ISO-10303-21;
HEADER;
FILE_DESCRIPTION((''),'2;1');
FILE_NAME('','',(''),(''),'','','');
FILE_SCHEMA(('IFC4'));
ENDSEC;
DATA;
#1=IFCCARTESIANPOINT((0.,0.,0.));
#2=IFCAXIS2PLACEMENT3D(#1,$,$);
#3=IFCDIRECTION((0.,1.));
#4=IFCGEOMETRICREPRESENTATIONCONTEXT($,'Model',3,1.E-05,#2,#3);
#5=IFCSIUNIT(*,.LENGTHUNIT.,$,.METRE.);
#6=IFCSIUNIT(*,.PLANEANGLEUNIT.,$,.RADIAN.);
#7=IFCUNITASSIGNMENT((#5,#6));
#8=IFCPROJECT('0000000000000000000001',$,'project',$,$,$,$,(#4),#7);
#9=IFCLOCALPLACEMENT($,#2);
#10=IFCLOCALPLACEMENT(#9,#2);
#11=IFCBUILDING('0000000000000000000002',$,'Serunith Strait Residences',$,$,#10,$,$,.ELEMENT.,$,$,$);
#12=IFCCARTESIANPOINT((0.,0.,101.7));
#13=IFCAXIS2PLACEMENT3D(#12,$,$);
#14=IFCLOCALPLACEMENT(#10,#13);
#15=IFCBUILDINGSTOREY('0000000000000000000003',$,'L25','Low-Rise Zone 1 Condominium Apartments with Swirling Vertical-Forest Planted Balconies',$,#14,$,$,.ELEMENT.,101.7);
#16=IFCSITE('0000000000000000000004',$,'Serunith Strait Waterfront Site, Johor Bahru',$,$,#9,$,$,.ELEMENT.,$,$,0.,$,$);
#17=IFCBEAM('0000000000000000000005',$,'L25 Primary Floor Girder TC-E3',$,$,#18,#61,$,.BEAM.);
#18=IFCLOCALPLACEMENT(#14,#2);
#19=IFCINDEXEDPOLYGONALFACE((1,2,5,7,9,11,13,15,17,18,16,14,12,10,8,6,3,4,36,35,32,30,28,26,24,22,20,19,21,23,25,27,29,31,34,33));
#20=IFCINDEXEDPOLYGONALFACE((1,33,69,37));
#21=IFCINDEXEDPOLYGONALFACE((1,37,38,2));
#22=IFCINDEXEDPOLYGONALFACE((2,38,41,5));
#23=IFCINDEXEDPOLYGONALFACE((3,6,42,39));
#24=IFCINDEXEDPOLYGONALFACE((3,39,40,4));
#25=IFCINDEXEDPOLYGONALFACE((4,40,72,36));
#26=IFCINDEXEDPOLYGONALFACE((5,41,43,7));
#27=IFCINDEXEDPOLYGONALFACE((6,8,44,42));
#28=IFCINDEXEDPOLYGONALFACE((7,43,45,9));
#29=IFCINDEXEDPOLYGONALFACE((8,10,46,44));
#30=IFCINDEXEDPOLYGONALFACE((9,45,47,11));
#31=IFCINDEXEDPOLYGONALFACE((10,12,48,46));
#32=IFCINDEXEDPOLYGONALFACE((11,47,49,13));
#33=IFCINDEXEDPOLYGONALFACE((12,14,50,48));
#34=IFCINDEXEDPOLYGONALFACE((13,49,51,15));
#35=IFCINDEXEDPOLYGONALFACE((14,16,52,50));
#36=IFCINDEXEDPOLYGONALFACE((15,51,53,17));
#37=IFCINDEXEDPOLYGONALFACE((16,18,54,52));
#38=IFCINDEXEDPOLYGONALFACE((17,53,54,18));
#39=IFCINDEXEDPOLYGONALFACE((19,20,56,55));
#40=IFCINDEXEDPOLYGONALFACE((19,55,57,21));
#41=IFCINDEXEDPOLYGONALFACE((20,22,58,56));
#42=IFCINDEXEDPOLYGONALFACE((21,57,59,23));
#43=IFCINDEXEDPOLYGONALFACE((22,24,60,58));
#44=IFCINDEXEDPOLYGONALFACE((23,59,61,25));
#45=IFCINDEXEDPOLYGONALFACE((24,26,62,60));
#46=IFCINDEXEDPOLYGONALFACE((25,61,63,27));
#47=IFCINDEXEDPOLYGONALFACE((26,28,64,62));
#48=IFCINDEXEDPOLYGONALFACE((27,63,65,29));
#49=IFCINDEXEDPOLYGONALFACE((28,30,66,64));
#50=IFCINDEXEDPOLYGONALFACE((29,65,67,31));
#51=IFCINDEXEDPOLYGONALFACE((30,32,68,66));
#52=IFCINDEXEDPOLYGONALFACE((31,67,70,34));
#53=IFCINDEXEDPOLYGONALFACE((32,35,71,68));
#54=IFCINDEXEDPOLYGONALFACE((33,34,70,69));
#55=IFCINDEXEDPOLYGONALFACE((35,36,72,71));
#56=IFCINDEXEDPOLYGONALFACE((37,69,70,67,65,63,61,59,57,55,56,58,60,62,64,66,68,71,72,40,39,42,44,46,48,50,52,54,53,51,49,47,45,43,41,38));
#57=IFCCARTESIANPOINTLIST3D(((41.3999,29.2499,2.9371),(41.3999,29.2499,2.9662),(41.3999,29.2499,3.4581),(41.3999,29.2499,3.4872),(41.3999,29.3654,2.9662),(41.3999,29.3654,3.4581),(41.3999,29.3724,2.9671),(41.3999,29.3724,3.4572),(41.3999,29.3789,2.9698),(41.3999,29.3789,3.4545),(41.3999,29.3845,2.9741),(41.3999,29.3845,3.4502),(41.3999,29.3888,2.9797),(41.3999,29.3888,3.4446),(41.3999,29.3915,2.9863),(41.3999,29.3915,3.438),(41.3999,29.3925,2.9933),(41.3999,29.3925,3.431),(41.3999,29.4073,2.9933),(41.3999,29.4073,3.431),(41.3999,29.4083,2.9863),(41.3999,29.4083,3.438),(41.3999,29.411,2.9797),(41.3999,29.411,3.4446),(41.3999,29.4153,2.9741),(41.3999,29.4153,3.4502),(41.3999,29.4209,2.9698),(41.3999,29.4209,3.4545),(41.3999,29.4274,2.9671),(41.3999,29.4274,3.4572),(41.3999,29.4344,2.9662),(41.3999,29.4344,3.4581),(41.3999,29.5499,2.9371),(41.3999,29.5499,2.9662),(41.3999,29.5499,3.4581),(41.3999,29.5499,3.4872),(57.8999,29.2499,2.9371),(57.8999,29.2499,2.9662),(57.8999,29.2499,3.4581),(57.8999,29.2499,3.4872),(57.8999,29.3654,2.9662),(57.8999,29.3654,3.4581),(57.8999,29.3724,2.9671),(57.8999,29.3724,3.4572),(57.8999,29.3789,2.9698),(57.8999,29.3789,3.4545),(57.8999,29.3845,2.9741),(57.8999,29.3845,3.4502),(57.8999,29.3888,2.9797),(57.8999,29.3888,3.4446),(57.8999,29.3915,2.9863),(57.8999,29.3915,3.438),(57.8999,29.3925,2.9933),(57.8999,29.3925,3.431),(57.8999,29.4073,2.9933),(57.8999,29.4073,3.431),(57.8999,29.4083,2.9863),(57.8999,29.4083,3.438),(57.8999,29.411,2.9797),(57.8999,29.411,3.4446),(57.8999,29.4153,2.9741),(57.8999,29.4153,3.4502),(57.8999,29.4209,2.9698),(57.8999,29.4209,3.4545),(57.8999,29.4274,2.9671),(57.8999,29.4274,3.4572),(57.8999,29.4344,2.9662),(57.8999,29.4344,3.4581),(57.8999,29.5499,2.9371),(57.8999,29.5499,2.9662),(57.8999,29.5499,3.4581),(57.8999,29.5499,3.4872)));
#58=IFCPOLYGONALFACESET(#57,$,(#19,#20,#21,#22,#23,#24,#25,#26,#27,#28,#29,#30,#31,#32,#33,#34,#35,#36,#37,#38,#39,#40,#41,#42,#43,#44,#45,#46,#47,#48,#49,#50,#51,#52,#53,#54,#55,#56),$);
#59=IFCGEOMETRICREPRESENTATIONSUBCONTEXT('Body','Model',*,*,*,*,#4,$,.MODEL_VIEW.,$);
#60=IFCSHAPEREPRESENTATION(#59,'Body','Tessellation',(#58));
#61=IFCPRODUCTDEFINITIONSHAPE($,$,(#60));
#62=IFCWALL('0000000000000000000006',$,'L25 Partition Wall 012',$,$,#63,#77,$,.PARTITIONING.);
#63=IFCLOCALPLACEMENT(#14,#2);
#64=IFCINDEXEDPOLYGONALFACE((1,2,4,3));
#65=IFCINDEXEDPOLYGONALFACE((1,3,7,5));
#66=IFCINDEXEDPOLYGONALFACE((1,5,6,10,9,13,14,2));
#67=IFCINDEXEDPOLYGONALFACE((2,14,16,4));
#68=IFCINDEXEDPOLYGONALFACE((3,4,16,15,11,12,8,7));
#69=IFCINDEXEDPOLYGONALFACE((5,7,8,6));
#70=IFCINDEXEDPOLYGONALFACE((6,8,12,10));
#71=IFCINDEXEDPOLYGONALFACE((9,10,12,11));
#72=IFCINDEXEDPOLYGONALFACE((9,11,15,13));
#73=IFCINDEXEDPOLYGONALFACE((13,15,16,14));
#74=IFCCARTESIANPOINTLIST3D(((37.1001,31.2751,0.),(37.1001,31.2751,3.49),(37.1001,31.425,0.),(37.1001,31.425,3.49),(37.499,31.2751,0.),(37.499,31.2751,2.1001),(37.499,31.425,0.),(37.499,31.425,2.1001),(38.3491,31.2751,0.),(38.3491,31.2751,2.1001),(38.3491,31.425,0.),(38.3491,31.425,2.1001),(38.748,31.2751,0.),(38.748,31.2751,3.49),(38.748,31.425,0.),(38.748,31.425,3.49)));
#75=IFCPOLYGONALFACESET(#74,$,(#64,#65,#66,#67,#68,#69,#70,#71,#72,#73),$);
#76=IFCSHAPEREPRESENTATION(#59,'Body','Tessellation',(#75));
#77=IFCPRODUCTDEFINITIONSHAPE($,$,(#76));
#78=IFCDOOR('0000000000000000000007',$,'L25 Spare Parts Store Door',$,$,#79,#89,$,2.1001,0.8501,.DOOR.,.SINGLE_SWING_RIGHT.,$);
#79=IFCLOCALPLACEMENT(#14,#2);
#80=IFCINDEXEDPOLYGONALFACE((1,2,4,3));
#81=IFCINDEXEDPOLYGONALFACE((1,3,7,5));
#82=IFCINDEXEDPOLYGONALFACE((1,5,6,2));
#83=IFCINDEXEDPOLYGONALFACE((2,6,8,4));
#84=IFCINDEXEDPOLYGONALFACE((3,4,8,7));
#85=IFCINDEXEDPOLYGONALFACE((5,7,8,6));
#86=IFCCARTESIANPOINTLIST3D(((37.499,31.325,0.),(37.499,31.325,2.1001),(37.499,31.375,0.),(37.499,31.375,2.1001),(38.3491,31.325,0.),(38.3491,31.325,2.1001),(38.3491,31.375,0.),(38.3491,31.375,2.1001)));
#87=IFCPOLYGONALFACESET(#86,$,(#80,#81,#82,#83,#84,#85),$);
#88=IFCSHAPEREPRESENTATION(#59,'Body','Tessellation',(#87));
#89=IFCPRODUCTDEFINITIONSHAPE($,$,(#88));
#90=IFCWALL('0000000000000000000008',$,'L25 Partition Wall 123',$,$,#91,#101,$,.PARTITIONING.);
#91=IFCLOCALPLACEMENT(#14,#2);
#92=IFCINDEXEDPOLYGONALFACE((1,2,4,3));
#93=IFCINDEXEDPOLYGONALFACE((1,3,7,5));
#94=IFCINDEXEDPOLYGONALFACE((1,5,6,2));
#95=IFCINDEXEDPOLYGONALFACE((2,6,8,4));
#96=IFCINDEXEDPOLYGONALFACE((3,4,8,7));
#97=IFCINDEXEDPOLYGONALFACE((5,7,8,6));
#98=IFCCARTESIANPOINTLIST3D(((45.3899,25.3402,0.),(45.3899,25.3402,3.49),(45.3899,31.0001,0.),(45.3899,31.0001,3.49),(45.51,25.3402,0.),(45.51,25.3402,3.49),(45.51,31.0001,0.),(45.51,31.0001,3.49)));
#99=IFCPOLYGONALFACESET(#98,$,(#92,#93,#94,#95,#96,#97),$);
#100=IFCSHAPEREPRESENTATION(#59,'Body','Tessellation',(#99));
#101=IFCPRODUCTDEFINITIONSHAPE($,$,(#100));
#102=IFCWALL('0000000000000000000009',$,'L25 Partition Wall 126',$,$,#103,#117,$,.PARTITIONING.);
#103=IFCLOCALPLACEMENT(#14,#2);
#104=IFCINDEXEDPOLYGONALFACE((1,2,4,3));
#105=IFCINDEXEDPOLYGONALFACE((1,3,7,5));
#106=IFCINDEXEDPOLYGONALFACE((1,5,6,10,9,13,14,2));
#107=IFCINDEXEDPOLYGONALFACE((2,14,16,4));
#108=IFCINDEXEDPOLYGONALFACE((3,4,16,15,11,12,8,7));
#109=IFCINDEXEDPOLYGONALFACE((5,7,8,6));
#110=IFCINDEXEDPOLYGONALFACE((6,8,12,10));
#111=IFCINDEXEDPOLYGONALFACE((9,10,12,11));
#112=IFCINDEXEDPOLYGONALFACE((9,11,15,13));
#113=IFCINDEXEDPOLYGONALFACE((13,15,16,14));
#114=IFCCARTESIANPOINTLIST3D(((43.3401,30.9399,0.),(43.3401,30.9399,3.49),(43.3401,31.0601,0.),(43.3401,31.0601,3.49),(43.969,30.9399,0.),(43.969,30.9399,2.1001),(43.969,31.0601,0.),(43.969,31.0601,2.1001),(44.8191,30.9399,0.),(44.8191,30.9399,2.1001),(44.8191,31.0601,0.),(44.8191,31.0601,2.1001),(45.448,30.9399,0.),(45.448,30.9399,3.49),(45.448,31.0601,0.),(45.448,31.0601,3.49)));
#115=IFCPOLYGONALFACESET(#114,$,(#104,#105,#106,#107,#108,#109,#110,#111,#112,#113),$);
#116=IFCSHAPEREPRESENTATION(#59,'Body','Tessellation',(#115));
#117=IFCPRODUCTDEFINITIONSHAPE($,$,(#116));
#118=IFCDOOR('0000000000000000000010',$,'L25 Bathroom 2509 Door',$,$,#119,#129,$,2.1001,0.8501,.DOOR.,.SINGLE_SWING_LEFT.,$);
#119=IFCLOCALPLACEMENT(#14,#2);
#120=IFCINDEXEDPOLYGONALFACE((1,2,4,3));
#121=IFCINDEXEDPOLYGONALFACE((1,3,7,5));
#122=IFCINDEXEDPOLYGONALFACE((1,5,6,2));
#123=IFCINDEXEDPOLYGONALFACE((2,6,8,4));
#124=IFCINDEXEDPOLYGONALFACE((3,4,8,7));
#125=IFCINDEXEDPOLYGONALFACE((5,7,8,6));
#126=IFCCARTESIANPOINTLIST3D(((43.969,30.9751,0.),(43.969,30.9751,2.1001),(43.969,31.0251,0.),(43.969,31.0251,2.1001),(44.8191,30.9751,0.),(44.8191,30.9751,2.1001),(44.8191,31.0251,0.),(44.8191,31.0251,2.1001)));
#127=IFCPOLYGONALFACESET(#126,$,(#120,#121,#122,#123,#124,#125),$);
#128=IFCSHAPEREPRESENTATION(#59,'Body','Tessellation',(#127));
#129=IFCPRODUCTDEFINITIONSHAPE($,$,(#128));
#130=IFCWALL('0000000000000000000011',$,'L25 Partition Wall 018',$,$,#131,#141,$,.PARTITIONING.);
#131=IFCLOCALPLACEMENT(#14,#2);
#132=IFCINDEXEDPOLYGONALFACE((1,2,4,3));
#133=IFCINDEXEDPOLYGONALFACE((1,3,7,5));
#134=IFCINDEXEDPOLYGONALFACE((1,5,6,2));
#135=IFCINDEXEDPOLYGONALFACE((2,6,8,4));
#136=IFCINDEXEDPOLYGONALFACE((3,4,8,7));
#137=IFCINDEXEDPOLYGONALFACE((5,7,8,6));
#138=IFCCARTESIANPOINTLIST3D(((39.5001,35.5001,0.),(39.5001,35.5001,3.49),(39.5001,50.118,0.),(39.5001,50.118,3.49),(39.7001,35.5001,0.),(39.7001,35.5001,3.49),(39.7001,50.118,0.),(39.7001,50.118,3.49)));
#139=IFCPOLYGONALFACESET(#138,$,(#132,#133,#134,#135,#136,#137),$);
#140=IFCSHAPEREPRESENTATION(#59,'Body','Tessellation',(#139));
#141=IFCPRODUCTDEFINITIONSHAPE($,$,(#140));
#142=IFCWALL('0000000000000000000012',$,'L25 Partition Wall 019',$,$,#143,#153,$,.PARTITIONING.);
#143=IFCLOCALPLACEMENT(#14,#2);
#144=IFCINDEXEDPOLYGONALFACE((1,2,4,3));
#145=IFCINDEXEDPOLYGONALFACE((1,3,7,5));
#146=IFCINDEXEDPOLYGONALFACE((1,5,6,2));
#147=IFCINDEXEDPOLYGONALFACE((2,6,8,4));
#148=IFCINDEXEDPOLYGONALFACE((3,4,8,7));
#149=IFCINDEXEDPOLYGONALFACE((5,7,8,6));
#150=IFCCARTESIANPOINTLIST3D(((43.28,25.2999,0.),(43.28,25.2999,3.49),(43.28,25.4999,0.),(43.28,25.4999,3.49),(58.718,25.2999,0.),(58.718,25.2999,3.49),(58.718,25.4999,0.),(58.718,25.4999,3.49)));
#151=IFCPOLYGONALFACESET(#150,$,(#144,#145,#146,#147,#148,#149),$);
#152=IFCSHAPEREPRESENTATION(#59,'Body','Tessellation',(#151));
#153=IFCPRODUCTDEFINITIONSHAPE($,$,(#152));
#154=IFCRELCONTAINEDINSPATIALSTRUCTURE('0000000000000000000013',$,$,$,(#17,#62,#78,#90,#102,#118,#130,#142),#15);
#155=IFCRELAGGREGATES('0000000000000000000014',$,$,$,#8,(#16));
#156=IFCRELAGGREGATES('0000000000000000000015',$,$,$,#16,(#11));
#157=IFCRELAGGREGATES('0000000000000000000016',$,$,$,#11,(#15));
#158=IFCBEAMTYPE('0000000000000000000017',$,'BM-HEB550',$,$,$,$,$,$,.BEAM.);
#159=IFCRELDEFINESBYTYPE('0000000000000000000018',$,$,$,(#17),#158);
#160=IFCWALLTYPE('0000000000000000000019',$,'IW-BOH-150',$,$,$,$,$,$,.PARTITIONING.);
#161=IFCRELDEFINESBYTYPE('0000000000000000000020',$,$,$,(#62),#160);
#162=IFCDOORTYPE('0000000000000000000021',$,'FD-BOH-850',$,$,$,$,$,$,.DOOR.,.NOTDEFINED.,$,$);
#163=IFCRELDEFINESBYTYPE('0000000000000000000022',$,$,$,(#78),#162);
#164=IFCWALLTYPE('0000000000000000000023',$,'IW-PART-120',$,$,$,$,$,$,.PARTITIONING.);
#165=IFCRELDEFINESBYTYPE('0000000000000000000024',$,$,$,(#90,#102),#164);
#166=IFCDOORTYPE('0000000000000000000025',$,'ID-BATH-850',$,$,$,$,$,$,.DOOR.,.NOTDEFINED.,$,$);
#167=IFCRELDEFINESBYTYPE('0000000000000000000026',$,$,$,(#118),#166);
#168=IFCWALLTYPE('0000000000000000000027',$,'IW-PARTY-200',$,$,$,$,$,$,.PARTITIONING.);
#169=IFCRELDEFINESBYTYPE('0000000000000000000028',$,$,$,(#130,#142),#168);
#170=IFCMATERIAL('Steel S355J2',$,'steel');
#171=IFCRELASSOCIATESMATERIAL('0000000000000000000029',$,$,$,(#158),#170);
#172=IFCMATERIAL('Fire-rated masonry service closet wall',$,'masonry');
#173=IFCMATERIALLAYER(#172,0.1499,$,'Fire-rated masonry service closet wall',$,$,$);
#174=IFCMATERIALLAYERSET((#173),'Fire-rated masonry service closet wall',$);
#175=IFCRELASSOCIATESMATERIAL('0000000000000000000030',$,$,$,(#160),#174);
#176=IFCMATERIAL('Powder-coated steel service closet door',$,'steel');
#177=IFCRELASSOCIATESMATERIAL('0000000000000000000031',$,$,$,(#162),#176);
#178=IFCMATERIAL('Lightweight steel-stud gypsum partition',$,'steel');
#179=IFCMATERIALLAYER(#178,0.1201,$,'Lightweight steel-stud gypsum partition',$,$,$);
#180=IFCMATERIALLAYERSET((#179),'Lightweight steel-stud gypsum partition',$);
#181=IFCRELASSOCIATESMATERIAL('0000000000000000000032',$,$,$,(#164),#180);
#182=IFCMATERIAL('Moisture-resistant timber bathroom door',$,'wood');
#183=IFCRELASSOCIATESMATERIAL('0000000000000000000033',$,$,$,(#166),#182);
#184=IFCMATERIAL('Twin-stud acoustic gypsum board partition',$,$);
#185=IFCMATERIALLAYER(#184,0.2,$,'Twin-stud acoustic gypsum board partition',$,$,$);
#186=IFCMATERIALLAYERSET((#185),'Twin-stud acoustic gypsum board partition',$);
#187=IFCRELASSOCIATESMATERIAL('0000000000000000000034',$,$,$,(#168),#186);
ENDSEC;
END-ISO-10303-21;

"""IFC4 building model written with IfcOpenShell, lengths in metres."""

from ifc_helpers import new_model, si_unit, direction, frame, frame_2d, origin, origin_2d, place, context, subcontext, project, spatial, rectangle, i_section, extrude, source, transform, mapped, material, layer, layer_set, material_profile, profile_set, type_object, element, fill, save


model = new_model("IFC4")

# Units and contexts
model_context = context("Model", 3, precision=1e-05, world=origin(), true_north=direction((0.0, 1.0)))
body_context = subcontext(model_context, "Body", "Model", "MODEL_VIEW")
ifc_project = project(units=[si_unit("LENGTHUNIT", "METRE"), si_unit("PLANEANGLEUNIT", "RADIAN")], contexts=[model_context])

# Site, building, storey
site_placement = place(None, origin())
site = spatial("IfcSite", under=ifc_project, at=site_placement, Name="Serunith Strait Waterfront Site, Johor Bahru", CompositionType="ELEMENT", RefElevation=0.0)
building_placement = place(site_placement, origin())
building = spatial("IfcBuilding", under=site, at=building_placement, Name="Serunith Strait Residences", CompositionType="ELEMENT")
storey_placement = place(building_placement, frame((0.0, 0.0, 101.7)))
storey = spatial("IfcBuildingStorey", under=building, at=storey_placement, Name="L25", Description="Low-Rise Zone 1 Condominium Apartments with Swirling Vertical-Forest Planted Balconies", CompositionType="ELEMENT", Elevation=101.7)

# Beam
ifc_material_1 = material(Name="Steel S355J2", Category="steel")
ifc_material_profile = material_profile(ifc_material_1, i_section(OverallWidth=0.3, OverallDepth=0.55, WebThickness=0.0149, FlangeThickness=0.0291, FilletRadius=0.0271, at=origin_2d()), Name="HEB 550")
ifc_profile_set = profile_set([ifc_material_profile], Name="Steel S355J2")
beam_type = type_object("IfcBeamType", Name="BM-HEB550", PredefinedType="BEAM", material=ifc_profile_set)
shared_shape_1 = source(origin(), body_context, "Body", "SweptSolid", [
    extrude(i_section(OverallWidth=0.3, OverallDepth=0.55, WebThickness=0.0149, FlangeThickness=0.0291, FilletRadius=0.0271, at=origin_2d()), origin(), (0.0, 0.0, 1.0), 16.5),
])
beam_placement = place(storey_placement, frame((41.3999, 29.3999, 3.2122), z_axis=(1.0, 0.0, 0.0), x_axis=(0.0, 1.0, 0.0)))
element("IfcBeam", 1, at=beam_placement, inside=storey, type_object=beam_type, Name="L25 Primary Floor Girder TC-E3", PredefinedType="BEAM", context=body_context, shape_type="MappedRepresentation", body=[
    mapped(shared_shape_1, transform((0.0, 0.0, 0.0), scale=1.0)),
])

# Wall, opening, door
ifc_material_2 = material(Name="Fire-rated masonry service closet wall", Category="masonry")
ifc_layer_1 = layer(ifc_material_2, 0.1499, Name="Fire-rated masonry service closet wall")
ifc_layer_set_1 = layer_set([ifc_layer_1], Name="Fire-rated masonry service closet wall")
wall_type_1 = type_object("IfcWallType", Name="IW-BOH-150", PredefinedType="PARTITIONING", material=ifc_layer_set_1)
wall_1_placement = place(storey_placement, frame((37.1001, 31.3501, 0.0), z_axis=(0.0, 0.0, 1.0), x_axis=(1.0, 0.0, 0.0)))
wall_1 = element("IfcWall", 2, at=wall_1_placement, inside=storey, type_object=wall_type_1, Name="L25 Partition Wall 012", PredefinedType="PARTITIONING", context=body_context, shape_type="SweptSolid", body=[
    extrude(rectangle(XDim=1.6479, YDim=0.1499, at=frame_2d((0.824, 0.0))), origin(), (0.0, 0.0, 1.0), 3.49),
])
opening_1_placement = place(wall_1_placement, frame((0.3989, 0.0, 0.0)))
opening_1 = element("IfcOpeningElement", 3, at=opening_1_placement, cuts=wall_1, PredefinedType="OPENING", context=body_context, shape_type="SweptSolid", body=[
    extrude(rectangle(XDim=0.8501, YDim=2.1001, at=frame_2d((0.425, 1.05))), frame((0.0, 0.085, 0.0), z_axis=(0.0, -1.0, 0.0), x_axis=(1.0, 0.0, 0.0)), (0.0, 0.0, 1.0), 0.1699),
])
ifc_material_3 = material(Name="Powder-coated steel service closet door", Category="steel")
door_type_1 = type_object("IfcDoorType", Name="FD-BOH-850", OperationType="NOTDEFINED", PredefinedType="DOOR", material=ifc_material_3)
shared_shape_2 = source(origin(), body_context, "Body", "SweptSolid", [
    extrude(rectangle(XDim=0.8501, YDim=2.1001, at=frame_2d((0.425, 1.05))), frame((0.0, 0.0249, 0.0), z_axis=(0.0, -1.0, 0.0), x_axis=(1.0, 0.0, 0.0)), (0.0, 0.0, 1.0), 0.05),
])
door_1_placement = place(opening_1_placement, origin())
door_1 = element("IfcDoor", 4, at=door_1_placement, inside=storey, type_object=door_type_1, Name="L25 Spare Parts Store Door", OperationType="SINGLE_SWING_RIGHT", OverallHeight=2.1001, OverallWidth=0.8501, PredefinedType="DOOR", context=body_context, shape_type="MappedRepresentation", body=[
    mapped(shared_shape_2, transform((0.0, 0.0, 0.0), scale=1.0)),
])
fill(opening_1, door_1)

# Wall
ifc_material_4 = material(Name="Lightweight steel-stud gypsum partition", Category="steel")
ifc_layer_2 = layer(ifc_material_4, 0.1201, Name="Lightweight steel-stud gypsum partition")
ifc_layer_set_2 = layer_set([ifc_layer_2], Name="Lightweight steel-stud gypsum partition")
wall_type_2 = type_object("IfcWallType", Name="IW-PART-120", PredefinedType="PARTITIONING", material=ifc_layer_set_2)
wall_2_placement = place(storey_placement, frame((45.45, 25.3401, 0.0), z_axis=(0.0, 0.0, 1.0), x_axis=(0.0, 1.0, 0.0)))
element("IfcWall", 5, at=wall_2_placement, inside=storey, type_object=wall_type_2, Name="L25 Partition Wall 123", PredefinedType="PARTITIONING", context=body_context, shape_type="SweptSolid", body=[
    extrude(rectangle(XDim=5.6599, YDim=0.1201, at=frame_2d((2.8301, 0.0))), origin(), (0.0, 0.0, 1.0), 3.49),
])

# Wall, opening, door
wall_3_placement = place(storey_placement, frame((45.448, 31.0, 0.0), z_axis=(0.0, 0.0, 1.0), x_axis=(-1.0, 0.0, 0.0)))
wall_3 = element("IfcWall", 6, at=wall_3_placement, inside=storey, type_object=wall_type_2, Name="L25 Partition Wall 126", PredefinedType="PARTITIONING", context=body_context, shape_type="SweptSolid", body=[
    extrude(rectangle(XDim=2.1079, YDim=0.1201, at=frame_2d((1.054, 0.0))), origin(), (0.0, 0.0, 1.0), 3.49),
])
opening_2_placement = place(wall_3_placement, frame((0.6289, 0.0, 0.0)))
opening_2 = element("IfcOpeningElement", 7, at=opening_2_placement, cuts=wall_3, PredefinedType="OPENING", context=body_context, shape_type="SweptSolid", body=[
    extrude(rectangle(XDim=0.8501, YDim=2.1001, at=frame_2d((0.425, 1.05))), frame((0.0, 0.0701, 0.0), z_axis=(0.0, -1.0, 0.0), x_axis=(1.0, 0.0, 0.0)), (0.0, 0.0, 1.0), 0.1401),
])
ifc_material_5 = material(Name="Moisture-resistant timber bathroom door", Category="wood")
door_type_2 = type_object("IfcDoorType", Name="ID-BATH-850", OperationType="NOTDEFINED", PredefinedType="DOOR", material=ifc_material_5)
door_2_placement = place(opening_2_placement, origin())
door_2 = element("IfcDoor", 8, at=door_2_placement, inside=storey, type_object=door_type_2, Name="L25 Bathroom 2509 Door", OperationType="SINGLE_SWING_LEFT", OverallHeight=2.1001, OverallWidth=0.8501, PredefinedType="DOOR", context=body_context, shape_type="MappedRepresentation", body=[
    mapped(shared_shape_2, transform((0.0, 0.0, 0.0), scale=1.0)),
])
fill(opening_2, door_2)

# Walls
ifc_material_6 = material(Name="Twin-stud acoustic gypsum board partition")
ifc_layer_3 = layer(ifc_material_6, 0.2, Name="Twin-stud acoustic gypsum board partition")
ifc_layer_set_3 = layer_set([ifc_layer_3], Name="Twin-stud acoustic gypsum board partition")
wall_type_3 = type_object("IfcWallType", Name="IW-PARTY-200", PredefinedType="PARTITIONING", material=ifc_layer_set_3)
wall_4_placement = place(storey_placement, frame((39.6001, 35.5, 0.0), z_axis=(0.0, 0.0, 1.0), x_axis=(0.0, 1.0, 0.0)))
element("IfcWall", 9, at=wall_4_placement, inside=storey, type_object=wall_type_3, Name="L25 Partition Wall 018", PredefinedType="PARTITIONING", context=body_context, shape_type="SweptSolid", body=[
    extrude(rectangle(XDim=14.6179, YDim=0.2, at=frame_2d((7.3091, 0.0))), origin(), (0.0, 0.0, 1.0), 3.49),
])
wall_5_placement = place(storey_placement, frame((43.28, 25.3999, 0.0), z_axis=(0.0, 0.0, 1.0), x_axis=(1.0, 0.0, 0.0)))
element("IfcWall", 10, at=wall_5_placement, inside=storey, type_object=wall_type_3, Name="L25 Partition Wall 019", PredefinedType="PARTITIONING", context=body_context, shape_type="SweptSolid", body=[
    extrude(rectangle(XDim=15.438, YDim=0.2, at=frame_2d((7.719, 0.0))), origin(), (0.0, 0.0, 1.0), 3.49),
])

save(model, "model.ifc")
